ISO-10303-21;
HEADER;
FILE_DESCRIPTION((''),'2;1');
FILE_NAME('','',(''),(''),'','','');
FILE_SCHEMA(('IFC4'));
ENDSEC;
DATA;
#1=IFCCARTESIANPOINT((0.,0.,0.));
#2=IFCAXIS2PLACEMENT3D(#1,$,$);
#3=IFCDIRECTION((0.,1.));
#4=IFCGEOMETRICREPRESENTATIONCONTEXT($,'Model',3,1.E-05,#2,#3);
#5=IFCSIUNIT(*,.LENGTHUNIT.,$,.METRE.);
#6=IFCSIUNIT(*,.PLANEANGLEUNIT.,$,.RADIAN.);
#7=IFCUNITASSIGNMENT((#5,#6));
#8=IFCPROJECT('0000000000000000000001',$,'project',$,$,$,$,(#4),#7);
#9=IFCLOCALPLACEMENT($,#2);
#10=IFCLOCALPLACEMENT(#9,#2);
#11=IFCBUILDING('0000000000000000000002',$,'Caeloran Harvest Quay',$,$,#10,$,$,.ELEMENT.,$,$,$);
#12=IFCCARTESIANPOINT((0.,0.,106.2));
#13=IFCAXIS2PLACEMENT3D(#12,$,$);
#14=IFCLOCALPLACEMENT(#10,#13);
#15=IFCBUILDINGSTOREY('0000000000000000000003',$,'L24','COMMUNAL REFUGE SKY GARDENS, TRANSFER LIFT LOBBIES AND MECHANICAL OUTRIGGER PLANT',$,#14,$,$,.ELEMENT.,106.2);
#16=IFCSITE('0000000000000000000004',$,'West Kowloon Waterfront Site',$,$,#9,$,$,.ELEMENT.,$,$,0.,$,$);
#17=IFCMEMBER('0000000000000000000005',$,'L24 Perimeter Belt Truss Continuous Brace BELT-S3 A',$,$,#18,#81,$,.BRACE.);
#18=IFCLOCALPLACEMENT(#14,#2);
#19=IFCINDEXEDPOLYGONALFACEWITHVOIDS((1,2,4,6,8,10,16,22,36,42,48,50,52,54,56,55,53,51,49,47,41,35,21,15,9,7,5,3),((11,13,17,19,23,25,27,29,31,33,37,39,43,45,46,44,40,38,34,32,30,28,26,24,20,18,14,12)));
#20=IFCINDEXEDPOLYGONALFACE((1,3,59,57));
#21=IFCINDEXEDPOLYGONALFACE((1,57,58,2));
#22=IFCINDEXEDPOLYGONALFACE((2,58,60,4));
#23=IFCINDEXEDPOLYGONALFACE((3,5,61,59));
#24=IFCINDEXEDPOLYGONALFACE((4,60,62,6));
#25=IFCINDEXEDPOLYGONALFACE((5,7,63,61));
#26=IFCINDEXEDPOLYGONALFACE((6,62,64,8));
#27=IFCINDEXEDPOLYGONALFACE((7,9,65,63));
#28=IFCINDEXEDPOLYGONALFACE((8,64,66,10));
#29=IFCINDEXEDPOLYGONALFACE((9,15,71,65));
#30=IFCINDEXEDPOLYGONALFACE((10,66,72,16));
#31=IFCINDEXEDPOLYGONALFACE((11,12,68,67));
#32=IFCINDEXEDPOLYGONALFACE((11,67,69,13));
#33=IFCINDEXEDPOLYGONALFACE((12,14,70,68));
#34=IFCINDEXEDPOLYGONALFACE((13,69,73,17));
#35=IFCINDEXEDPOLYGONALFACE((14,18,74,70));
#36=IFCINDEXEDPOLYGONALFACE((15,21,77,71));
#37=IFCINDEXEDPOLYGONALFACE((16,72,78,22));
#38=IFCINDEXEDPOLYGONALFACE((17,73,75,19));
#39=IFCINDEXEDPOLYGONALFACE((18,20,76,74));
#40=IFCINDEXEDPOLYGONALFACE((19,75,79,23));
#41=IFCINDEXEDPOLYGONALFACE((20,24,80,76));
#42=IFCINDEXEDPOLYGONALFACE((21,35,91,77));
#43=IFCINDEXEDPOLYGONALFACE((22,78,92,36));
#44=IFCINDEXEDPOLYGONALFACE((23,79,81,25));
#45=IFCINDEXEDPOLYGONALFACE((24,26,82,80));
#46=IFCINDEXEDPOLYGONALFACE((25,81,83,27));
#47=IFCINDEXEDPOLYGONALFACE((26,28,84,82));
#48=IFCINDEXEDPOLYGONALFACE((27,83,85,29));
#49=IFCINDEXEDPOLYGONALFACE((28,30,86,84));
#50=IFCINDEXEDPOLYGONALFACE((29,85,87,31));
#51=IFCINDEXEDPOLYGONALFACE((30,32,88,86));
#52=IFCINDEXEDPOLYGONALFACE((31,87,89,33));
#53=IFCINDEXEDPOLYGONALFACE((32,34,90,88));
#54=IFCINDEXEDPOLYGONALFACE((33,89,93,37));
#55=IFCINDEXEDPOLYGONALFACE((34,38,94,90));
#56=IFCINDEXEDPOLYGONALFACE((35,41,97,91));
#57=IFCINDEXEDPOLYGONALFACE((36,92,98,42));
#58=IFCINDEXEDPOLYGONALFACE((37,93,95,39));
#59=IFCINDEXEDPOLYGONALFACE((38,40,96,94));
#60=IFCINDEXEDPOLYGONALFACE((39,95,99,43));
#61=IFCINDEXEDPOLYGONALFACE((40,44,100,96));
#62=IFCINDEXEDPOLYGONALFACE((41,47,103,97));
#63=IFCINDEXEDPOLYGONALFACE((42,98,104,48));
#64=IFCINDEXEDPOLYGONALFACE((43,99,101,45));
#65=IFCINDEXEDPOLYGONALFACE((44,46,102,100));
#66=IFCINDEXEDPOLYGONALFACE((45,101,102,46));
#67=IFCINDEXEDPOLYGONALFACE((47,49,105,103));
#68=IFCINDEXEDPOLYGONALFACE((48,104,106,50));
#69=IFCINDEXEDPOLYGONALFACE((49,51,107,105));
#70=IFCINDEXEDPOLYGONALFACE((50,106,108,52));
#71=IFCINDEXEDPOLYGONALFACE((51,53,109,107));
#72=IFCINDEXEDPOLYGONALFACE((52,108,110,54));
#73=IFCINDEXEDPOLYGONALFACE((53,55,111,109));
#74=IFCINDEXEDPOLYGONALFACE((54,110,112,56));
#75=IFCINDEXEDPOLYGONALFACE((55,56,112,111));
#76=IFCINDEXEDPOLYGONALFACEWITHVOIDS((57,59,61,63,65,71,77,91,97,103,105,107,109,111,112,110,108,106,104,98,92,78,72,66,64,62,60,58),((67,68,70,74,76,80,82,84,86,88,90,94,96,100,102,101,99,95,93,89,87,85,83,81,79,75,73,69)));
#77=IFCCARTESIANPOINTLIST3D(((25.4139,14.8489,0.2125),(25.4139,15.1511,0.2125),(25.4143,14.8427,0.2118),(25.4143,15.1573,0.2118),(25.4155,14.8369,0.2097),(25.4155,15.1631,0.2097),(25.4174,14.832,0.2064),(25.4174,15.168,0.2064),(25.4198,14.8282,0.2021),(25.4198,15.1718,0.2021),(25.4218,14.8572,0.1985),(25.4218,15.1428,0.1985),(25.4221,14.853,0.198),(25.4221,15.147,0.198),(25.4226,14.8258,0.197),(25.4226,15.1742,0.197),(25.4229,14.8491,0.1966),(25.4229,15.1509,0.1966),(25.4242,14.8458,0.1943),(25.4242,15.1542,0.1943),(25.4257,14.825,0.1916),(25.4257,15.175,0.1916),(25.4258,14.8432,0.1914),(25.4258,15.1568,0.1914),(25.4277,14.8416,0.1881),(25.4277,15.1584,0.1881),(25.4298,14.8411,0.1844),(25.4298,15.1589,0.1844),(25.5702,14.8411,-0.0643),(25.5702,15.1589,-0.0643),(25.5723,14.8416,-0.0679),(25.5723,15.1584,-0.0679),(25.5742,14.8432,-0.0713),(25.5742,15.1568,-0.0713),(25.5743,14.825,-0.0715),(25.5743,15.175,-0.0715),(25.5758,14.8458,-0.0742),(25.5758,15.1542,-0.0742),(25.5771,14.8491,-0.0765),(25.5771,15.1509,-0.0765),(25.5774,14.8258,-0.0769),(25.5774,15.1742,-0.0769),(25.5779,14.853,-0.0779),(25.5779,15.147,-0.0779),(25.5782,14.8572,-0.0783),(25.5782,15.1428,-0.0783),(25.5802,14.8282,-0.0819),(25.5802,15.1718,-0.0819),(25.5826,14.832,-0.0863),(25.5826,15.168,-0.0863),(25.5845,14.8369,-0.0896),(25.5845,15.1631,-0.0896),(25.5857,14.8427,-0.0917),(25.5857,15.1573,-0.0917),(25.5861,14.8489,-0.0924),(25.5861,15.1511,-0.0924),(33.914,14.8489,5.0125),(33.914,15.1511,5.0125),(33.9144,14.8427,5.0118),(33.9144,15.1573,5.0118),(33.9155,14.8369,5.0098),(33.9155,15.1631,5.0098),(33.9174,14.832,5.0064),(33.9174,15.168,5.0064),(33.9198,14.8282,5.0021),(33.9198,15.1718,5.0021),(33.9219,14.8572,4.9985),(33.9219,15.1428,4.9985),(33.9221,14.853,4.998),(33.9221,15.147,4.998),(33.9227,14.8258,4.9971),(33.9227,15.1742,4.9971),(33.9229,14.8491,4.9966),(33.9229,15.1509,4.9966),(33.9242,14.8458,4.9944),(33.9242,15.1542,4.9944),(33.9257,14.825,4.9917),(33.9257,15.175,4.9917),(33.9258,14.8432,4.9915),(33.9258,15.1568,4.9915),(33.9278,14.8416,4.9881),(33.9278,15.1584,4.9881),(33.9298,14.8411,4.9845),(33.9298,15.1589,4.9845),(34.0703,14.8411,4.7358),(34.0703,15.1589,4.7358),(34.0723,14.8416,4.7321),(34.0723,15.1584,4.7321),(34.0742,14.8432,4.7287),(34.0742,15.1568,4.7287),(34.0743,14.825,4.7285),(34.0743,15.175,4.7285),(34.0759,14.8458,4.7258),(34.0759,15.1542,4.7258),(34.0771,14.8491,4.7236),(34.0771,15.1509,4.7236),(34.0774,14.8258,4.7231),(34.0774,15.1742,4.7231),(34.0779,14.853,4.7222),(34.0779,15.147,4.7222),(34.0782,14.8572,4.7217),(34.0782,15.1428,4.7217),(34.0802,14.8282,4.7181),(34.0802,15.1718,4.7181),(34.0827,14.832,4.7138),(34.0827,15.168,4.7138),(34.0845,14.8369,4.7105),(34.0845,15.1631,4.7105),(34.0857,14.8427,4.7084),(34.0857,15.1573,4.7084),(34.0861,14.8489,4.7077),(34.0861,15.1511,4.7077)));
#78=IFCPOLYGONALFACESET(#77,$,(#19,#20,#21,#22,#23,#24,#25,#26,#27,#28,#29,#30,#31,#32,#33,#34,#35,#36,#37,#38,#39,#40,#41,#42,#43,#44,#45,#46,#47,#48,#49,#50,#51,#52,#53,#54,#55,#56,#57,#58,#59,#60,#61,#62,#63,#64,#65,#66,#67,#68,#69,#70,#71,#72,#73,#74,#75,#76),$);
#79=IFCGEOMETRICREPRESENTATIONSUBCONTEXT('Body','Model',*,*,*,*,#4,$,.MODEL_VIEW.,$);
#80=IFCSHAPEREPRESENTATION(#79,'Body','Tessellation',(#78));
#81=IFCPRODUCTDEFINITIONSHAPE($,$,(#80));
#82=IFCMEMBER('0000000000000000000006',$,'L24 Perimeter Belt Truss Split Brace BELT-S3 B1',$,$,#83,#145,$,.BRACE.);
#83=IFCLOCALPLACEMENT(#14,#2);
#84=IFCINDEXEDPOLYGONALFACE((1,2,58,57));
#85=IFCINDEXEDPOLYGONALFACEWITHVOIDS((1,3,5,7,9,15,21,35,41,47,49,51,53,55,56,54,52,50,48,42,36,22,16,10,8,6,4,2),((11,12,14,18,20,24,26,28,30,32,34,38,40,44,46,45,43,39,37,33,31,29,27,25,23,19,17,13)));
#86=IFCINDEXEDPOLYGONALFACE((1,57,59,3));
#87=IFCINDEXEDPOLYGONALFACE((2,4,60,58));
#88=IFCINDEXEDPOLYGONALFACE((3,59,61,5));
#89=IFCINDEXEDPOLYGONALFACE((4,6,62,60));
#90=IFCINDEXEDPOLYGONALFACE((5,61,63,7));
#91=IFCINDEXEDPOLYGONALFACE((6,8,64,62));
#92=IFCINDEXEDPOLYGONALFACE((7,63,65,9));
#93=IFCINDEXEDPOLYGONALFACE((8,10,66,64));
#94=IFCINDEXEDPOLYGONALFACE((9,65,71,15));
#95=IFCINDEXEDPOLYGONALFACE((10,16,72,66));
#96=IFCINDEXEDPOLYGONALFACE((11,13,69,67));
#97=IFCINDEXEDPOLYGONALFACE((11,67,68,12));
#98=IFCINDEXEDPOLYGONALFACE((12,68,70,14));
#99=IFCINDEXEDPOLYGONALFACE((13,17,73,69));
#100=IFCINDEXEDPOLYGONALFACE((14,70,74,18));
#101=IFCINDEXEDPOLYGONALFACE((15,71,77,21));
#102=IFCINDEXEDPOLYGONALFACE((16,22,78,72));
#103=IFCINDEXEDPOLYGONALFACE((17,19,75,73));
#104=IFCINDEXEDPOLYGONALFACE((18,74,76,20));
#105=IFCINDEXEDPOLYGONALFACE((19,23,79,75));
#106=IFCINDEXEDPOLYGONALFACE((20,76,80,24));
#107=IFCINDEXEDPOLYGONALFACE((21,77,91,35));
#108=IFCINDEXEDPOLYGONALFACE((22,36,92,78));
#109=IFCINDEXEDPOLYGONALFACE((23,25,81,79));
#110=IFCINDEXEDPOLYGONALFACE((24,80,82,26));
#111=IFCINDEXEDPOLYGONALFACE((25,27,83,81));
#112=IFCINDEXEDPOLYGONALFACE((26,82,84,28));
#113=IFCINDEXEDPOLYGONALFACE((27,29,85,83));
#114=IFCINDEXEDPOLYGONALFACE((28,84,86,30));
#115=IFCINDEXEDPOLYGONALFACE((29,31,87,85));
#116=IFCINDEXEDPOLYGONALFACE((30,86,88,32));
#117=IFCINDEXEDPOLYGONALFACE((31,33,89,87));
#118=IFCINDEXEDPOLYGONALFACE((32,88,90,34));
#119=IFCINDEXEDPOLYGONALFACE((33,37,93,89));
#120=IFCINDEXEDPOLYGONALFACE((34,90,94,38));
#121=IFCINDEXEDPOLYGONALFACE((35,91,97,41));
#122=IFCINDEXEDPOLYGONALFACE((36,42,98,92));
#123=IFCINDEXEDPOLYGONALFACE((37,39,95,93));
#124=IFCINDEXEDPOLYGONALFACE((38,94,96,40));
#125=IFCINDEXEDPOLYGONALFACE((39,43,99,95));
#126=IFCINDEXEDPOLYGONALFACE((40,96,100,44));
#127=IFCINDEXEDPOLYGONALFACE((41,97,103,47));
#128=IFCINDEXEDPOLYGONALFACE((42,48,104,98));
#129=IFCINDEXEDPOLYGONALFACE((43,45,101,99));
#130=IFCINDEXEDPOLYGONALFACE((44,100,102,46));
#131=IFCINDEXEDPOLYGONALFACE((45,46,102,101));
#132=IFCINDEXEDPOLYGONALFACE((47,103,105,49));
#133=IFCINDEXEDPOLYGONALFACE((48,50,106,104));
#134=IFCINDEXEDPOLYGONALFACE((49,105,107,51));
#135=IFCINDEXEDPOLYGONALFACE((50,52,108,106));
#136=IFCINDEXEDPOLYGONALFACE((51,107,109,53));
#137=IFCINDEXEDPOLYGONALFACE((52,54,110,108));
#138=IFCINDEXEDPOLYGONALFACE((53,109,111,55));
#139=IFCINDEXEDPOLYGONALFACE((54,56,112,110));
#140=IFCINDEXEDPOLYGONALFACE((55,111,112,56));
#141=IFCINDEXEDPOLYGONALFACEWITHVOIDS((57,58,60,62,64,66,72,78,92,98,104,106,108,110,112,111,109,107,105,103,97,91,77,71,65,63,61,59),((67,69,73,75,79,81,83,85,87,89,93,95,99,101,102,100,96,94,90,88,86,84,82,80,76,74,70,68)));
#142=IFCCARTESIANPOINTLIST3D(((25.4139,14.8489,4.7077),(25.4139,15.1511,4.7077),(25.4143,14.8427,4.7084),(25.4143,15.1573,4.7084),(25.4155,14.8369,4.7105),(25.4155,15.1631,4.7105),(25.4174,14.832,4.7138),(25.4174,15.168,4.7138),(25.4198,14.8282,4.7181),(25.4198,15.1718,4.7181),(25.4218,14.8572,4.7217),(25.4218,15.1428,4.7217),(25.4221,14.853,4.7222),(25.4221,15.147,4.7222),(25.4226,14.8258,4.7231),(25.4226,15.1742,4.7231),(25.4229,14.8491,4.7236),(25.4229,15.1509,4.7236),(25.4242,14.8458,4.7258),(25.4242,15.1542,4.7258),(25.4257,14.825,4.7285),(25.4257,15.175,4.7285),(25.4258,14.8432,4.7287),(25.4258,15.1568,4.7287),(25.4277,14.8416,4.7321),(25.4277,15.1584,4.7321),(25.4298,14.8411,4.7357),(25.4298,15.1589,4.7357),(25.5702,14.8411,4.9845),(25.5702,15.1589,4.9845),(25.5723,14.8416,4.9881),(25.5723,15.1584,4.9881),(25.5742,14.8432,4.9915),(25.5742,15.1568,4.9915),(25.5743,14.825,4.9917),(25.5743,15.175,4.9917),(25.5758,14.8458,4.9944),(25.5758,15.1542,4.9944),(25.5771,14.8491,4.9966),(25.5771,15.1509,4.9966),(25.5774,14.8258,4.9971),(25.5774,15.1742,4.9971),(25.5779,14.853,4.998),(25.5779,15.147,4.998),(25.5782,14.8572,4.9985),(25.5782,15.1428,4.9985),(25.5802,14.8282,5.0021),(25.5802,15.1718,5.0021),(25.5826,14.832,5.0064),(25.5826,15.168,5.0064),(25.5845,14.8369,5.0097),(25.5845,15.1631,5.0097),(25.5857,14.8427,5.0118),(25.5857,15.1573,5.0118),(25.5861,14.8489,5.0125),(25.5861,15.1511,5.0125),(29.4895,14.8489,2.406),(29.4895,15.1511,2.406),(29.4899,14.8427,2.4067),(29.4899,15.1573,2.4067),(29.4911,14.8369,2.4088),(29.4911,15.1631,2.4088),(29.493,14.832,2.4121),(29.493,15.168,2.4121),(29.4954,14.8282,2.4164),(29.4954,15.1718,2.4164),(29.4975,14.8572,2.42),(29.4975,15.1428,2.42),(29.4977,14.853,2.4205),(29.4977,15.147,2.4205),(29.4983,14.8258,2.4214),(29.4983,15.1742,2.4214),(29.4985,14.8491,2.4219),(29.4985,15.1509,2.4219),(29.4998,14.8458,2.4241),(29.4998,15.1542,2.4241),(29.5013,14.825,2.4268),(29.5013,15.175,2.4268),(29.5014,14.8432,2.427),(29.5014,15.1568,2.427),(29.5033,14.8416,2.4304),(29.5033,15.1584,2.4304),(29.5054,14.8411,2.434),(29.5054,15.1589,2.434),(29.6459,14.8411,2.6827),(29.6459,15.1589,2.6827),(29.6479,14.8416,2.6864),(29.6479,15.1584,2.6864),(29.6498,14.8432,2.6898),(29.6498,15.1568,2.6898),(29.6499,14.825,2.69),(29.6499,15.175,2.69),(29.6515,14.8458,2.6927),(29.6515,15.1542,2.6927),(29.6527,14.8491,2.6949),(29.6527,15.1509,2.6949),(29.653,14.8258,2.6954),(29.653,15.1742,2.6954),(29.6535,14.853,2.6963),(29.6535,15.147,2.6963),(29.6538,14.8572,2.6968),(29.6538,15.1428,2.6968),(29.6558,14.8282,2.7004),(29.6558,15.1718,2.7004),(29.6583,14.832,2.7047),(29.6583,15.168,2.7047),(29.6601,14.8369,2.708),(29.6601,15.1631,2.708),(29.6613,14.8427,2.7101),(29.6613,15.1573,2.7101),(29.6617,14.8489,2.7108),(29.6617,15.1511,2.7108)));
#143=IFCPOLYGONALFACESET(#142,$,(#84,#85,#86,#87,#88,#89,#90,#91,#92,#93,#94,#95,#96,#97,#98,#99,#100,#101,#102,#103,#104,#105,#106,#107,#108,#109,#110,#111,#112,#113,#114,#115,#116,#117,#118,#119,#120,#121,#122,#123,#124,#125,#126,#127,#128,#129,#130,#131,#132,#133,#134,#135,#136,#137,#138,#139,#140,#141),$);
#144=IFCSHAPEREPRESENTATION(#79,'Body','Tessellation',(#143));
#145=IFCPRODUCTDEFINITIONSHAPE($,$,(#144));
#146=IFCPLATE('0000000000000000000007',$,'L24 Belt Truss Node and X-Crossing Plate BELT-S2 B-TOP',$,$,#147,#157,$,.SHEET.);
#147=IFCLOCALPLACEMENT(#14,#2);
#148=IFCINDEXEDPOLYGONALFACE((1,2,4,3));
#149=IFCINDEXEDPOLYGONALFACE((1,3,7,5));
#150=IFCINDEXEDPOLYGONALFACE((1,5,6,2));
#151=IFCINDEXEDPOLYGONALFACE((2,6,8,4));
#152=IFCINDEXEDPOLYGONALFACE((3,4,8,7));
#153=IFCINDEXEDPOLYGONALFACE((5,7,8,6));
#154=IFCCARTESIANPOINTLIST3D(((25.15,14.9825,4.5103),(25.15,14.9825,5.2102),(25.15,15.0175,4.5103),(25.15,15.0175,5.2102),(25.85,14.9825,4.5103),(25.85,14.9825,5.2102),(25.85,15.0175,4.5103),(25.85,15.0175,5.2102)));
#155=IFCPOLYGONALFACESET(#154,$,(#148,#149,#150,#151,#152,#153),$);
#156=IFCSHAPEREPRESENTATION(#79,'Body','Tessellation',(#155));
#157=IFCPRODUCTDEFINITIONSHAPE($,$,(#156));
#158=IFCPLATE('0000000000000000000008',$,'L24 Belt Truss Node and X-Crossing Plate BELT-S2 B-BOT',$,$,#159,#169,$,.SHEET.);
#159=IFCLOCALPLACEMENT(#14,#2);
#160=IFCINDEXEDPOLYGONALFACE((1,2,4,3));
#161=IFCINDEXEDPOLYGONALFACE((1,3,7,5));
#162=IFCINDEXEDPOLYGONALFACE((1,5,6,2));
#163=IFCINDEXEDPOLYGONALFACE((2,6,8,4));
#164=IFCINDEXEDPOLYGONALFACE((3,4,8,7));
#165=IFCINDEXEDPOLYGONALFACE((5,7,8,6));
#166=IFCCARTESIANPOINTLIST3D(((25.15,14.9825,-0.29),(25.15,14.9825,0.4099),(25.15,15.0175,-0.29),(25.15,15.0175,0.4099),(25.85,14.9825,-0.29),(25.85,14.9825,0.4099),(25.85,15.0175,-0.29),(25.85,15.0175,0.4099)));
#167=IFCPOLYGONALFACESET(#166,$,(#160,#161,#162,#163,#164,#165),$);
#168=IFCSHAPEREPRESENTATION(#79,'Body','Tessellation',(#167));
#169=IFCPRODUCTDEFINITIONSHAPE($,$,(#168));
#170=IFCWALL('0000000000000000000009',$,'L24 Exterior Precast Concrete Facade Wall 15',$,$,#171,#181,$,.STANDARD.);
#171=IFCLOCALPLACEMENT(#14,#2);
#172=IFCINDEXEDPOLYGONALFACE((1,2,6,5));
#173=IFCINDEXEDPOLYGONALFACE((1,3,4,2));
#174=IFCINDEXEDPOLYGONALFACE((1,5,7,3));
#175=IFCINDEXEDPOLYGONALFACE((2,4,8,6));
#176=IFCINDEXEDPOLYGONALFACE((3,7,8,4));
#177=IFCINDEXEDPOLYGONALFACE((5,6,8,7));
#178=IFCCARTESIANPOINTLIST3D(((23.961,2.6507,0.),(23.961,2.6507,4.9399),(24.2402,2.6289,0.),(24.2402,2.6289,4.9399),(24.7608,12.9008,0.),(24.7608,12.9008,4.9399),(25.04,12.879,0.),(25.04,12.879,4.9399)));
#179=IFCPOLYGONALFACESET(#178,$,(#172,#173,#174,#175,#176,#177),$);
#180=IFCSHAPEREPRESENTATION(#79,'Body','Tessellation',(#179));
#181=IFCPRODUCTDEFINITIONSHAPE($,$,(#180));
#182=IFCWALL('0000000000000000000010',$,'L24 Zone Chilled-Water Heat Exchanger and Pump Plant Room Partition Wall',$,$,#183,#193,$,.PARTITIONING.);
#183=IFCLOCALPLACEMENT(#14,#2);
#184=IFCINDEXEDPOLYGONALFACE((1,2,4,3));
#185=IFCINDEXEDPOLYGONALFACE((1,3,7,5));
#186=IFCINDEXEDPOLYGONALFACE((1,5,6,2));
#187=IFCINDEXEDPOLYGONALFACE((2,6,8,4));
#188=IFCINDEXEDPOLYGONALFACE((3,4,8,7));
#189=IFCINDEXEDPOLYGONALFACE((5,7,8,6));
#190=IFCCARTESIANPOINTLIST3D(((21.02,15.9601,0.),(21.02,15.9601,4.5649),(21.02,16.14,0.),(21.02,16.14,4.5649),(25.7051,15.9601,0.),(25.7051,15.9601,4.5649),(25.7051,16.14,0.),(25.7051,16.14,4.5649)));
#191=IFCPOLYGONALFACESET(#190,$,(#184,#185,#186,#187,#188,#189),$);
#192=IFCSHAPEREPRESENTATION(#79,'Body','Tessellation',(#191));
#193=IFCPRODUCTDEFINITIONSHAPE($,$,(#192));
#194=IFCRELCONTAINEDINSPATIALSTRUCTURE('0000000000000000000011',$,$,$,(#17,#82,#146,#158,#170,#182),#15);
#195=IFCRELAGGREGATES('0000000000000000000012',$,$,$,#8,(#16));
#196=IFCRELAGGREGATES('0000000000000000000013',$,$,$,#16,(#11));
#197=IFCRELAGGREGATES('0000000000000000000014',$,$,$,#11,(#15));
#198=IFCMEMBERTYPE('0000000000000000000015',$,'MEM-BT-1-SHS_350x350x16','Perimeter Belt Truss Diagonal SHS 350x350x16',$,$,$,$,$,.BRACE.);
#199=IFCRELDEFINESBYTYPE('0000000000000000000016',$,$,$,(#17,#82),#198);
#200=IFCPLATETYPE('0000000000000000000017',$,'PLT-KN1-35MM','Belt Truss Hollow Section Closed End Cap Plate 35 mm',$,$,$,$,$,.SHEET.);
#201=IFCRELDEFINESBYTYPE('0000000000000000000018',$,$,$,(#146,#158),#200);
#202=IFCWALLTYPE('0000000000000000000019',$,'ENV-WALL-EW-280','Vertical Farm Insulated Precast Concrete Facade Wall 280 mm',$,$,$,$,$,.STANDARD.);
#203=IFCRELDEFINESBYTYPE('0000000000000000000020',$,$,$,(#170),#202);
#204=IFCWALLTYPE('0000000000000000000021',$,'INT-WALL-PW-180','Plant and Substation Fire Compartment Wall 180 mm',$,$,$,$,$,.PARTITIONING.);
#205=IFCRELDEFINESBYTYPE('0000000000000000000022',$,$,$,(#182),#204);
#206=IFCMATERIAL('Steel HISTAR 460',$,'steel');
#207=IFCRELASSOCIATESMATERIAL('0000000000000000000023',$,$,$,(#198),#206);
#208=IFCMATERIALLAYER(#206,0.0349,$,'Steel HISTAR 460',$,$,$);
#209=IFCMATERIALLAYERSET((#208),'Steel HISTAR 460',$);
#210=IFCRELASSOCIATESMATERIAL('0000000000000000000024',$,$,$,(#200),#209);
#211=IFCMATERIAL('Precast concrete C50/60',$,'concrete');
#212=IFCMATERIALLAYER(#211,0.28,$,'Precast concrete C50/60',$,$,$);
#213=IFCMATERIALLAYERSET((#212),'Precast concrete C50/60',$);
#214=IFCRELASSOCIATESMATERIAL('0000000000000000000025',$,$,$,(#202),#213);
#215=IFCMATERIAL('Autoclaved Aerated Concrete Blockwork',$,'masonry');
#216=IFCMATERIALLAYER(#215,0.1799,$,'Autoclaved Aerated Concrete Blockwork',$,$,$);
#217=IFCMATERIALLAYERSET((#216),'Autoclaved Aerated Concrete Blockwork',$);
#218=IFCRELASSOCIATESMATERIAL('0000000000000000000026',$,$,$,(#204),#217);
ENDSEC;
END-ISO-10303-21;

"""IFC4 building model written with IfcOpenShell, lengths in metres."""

from ifc_helpers import new_model, si_unit, direction, frame, frame_2d, origin, origin_2d, place, context, subcontext, project, spatial, rectangle, hollow_rectangle, extrude, material, layer, layer_set, material_profile, profile_set, type_object, element, save


model = new_model("IFC4")

# Units and contexts
model_context = context("Model", 3, precision=1e-05, world=origin(), true_north=direction((0.0, 1.0)))
body_context = subcontext(model_context, "Body", "Model", "MODEL_VIEW")
ifc_project = project(units=[si_unit("LENGTHUNIT", "METRE"), si_unit("PLANEANGLEUNIT", "RADIAN")], contexts=[model_context])

# Site, building, storey
site_placement = place(None, origin())
site = spatial("IfcSite", under=ifc_project, at=site_placement, Name="West Kowloon Waterfront Site", CompositionType="ELEMENT", RefElevation=0.0)
building_placement = place(site_placement, origin())
building = spatial("IfcBuilding", under=site, at=building_placement, Name="Caeloran Harvest Quay", CompositionType="ELEMENT")
storey_placement = place(building_placement, frame((0.0, 0.0, 106.2)))
storey = spatial("IfcBuildingStorey", under=building, at=storey_placement, Name="L24", Description="COMMUNAL REFUGE SKY GARDENS, TRANSFER LIFT LOBBIES AND MECHANICAL OUTRIGGER PLANT", CompositionType="ELEMENT", Elevation=106.2)

# Shared definitions
ifc_material_1 = material(Name="Steel HISTAR 460", Category="steel")

# Members
ifc_material_profile_1 = material_profile(ifc_material_1, hollow_rectangle(XDim=0.3501, YDim=0.3501, WallThickness=0.0161, InnerFilletRadius=0.0161, OuterFilletRadius=0.0239, at=origin_2d()), Name="SHS 350x350x16")
ifc_profile_set_1 = profile_set([ifc_material_profile_1], Name="Steel HISTAR 460")
member_type = type_object("IfcMemberType", Name="MEM-BT-1-SHS_350x350x16", Description="Perimeter Belt Truss Diagonal SHS 350x350x16", PredefinedType="BRACE", material=ifc_profile_set_1)
member_1_placement = place(storey_placement, frame((25.5, 15.0, 0.0601), z_axis=(0.870751, 0.0, 0.491723), x_axis=(0.0, 1.0, 0.0)))
element("IfcMember", 1, at=member_1_placement, inside=storey, type_object=member_type, Name="L24 Perimeter Belt Truss Continuous Brace BELT-S3 A", PredefinedType="BRACE", context=body_context, shape_type="SweptSolid", body=[
    extrude(hollow_rectangle(XDim=0.3501, YDim=0.3501, WallThickness=0.0161, InnerFilletRadius=0.0161, OuterFilletRadius=0.0239, at=origin_2d()), origin(), (0.0, 0.0, 1.0), 9.7617),
])
member_2_placement = place(storey_placement, frame((25.5, 15.0, 4.8601), z_axis=(0.870736, 0.0, -0.491751), x_axis=(0.0, 1.0, 0.0)))
element("IfcMember", 2, at=member_2_placement, inside=storey, type_object=member_type, Name="L24 Perimeter Belt Truss Split Brace BELT-S3 B1", PredefinedType="BRACE", context=body_context, shape_type="SweptSolid", body=[
    extrude(hollow_rectangle(XDim=0.3501, YDim=0.3501, WallThickness=0.0161, InnerFilletRadius=0.0161, OuterFilletRadius=0.0239, at=origin_2d()), origin(), (0.0, 0.0, 1.0), 4.6807),
])

# Plates
ifc_layer_1 = layer(ifc_material_1, 0.0349, Name="Steel HISTAR 460")
ifc_layer_set_1 = layer_set([ifc_layer_1], Name="Steel HISTAR 460")
plate_type = type_object("IfcPlateType", Name="PLT-KN1-35MM", Description="Belt Truss Hollow Section Closed End Cap Plate 35 mm", PredefinedType="SHEET", material=ifc_layer_set_1)
for number, where, z_axis, x_axis, name in (
    (3, (25.5, 15.0, 4.5103), (0.0, 0.0, 1.0), (1.0, 0.0, 0.0), "L24 Belt Truss Node and X-Crossing Plate BELT-S2 B-TOP"),
    (4, (25.5, 15.0, -0.29), (0.0, 0.0, 1.0), (1.0, 0.0, 0.0), "L24 Belt Truss Node and X-Crossing Plate BELT-S2 B-BOT"),
):
    element("IfcPlate", number, at=place(storey_placement, frame(where, z_axis=z_axis, x_axis=x_axis)), inside=storey, type_object=plate_type, Name=name, PredefinedType="SHEET", context=body_context, shape_type="SweptSolid", body=[
        extrude(rectangle(XDim=0.7, YDim=0.0349, at=origin_2d()), origin(), (0.0, 0.0, 1.0), 0.7),
    ])

# Walls
ifc_material_2 = material(Name="Precast concrete C50/60", Category="concrete")
ifc_layer_2 = layer(ifc_material_2, 0.28, Name="Precast concrete C50/60")
ifc_layer_set_2 = layer_set([ifc_layer_2], Name="Precast concrete C50/60")
wall_type_1 = type_object("IfcWallType", Name="ENV-WALL-EW-280", Description="Vertical Farm Insulated Precast Concrete Facade Wall 280 mm", PredefinedType="STANDARD", material=ifc_layer_set_2)
wall_1_placement = place(storey_placement, frame((24.9004, 12.8899, 0.0), z_axis=(0.0, 0.0, 1.0), x_axis=(-0.077793, -0.99697, 0.0)))
element("IfcWall", 5, at=wall_1_placement, inside=storey, type_object=wall_type_1, Name="L24 Exterior Precast Concrete Facade Wall 15", PredefinedType="STANDARD", context=body_context, shape_type="SweptSolid", body=[
    extrude(rectangle(XDim=10.2812, YDim=0.28, at=frame_2d((5.1406, 0.0))), origin(), (0.0, 0.0, 1.0), 4.9399),
])
ifc_material_3 = material(Name="Autoclaved Aerated Concrete Blockwork", Category="masonry")
ifc_layer_3 = layer(ifc_material_3, 0.1799, Name="Autoclaved Aerated Concrete Blockwork")
ifc_layer_set_3 = layer_set([ifc_layer_3], Name="Autoclaved Aerated Concrete Blockwork")
wall_type_2 = type_object("IfcWallType", Name="INT-WALL-PW-180", Description="Plant and Substation Fire Compartment Wall 180 mm", PredefinedType="PARTITIONING", material=ifc_layer_set_3)
wall_2_placement = place(storey_placement, frame((25.7051, 16.05, 0.0), z_axis=(0.0, 0.0, 1.0), x_axis=(-1.0, 0.0, 0.0)))
element("IfcWall", 6, at=wall_2_placement, inside=storey, type_object=wall_type_2, Name="L24 Zone Chilled-Water Heat Exchanger and Pump Plant Room Partition Wall", PredefinedType="PARTITIONING", context=body_context, shape_type="SweptSolid", body=[
    extrude(rectangle(XDim=4.6851, YDim=0.1799, at=frame_2d((2.3425, 0.0))), origin(), (0.0, 0.0, 1.0), 4.5649),
])

save(model, "model.ifc")
